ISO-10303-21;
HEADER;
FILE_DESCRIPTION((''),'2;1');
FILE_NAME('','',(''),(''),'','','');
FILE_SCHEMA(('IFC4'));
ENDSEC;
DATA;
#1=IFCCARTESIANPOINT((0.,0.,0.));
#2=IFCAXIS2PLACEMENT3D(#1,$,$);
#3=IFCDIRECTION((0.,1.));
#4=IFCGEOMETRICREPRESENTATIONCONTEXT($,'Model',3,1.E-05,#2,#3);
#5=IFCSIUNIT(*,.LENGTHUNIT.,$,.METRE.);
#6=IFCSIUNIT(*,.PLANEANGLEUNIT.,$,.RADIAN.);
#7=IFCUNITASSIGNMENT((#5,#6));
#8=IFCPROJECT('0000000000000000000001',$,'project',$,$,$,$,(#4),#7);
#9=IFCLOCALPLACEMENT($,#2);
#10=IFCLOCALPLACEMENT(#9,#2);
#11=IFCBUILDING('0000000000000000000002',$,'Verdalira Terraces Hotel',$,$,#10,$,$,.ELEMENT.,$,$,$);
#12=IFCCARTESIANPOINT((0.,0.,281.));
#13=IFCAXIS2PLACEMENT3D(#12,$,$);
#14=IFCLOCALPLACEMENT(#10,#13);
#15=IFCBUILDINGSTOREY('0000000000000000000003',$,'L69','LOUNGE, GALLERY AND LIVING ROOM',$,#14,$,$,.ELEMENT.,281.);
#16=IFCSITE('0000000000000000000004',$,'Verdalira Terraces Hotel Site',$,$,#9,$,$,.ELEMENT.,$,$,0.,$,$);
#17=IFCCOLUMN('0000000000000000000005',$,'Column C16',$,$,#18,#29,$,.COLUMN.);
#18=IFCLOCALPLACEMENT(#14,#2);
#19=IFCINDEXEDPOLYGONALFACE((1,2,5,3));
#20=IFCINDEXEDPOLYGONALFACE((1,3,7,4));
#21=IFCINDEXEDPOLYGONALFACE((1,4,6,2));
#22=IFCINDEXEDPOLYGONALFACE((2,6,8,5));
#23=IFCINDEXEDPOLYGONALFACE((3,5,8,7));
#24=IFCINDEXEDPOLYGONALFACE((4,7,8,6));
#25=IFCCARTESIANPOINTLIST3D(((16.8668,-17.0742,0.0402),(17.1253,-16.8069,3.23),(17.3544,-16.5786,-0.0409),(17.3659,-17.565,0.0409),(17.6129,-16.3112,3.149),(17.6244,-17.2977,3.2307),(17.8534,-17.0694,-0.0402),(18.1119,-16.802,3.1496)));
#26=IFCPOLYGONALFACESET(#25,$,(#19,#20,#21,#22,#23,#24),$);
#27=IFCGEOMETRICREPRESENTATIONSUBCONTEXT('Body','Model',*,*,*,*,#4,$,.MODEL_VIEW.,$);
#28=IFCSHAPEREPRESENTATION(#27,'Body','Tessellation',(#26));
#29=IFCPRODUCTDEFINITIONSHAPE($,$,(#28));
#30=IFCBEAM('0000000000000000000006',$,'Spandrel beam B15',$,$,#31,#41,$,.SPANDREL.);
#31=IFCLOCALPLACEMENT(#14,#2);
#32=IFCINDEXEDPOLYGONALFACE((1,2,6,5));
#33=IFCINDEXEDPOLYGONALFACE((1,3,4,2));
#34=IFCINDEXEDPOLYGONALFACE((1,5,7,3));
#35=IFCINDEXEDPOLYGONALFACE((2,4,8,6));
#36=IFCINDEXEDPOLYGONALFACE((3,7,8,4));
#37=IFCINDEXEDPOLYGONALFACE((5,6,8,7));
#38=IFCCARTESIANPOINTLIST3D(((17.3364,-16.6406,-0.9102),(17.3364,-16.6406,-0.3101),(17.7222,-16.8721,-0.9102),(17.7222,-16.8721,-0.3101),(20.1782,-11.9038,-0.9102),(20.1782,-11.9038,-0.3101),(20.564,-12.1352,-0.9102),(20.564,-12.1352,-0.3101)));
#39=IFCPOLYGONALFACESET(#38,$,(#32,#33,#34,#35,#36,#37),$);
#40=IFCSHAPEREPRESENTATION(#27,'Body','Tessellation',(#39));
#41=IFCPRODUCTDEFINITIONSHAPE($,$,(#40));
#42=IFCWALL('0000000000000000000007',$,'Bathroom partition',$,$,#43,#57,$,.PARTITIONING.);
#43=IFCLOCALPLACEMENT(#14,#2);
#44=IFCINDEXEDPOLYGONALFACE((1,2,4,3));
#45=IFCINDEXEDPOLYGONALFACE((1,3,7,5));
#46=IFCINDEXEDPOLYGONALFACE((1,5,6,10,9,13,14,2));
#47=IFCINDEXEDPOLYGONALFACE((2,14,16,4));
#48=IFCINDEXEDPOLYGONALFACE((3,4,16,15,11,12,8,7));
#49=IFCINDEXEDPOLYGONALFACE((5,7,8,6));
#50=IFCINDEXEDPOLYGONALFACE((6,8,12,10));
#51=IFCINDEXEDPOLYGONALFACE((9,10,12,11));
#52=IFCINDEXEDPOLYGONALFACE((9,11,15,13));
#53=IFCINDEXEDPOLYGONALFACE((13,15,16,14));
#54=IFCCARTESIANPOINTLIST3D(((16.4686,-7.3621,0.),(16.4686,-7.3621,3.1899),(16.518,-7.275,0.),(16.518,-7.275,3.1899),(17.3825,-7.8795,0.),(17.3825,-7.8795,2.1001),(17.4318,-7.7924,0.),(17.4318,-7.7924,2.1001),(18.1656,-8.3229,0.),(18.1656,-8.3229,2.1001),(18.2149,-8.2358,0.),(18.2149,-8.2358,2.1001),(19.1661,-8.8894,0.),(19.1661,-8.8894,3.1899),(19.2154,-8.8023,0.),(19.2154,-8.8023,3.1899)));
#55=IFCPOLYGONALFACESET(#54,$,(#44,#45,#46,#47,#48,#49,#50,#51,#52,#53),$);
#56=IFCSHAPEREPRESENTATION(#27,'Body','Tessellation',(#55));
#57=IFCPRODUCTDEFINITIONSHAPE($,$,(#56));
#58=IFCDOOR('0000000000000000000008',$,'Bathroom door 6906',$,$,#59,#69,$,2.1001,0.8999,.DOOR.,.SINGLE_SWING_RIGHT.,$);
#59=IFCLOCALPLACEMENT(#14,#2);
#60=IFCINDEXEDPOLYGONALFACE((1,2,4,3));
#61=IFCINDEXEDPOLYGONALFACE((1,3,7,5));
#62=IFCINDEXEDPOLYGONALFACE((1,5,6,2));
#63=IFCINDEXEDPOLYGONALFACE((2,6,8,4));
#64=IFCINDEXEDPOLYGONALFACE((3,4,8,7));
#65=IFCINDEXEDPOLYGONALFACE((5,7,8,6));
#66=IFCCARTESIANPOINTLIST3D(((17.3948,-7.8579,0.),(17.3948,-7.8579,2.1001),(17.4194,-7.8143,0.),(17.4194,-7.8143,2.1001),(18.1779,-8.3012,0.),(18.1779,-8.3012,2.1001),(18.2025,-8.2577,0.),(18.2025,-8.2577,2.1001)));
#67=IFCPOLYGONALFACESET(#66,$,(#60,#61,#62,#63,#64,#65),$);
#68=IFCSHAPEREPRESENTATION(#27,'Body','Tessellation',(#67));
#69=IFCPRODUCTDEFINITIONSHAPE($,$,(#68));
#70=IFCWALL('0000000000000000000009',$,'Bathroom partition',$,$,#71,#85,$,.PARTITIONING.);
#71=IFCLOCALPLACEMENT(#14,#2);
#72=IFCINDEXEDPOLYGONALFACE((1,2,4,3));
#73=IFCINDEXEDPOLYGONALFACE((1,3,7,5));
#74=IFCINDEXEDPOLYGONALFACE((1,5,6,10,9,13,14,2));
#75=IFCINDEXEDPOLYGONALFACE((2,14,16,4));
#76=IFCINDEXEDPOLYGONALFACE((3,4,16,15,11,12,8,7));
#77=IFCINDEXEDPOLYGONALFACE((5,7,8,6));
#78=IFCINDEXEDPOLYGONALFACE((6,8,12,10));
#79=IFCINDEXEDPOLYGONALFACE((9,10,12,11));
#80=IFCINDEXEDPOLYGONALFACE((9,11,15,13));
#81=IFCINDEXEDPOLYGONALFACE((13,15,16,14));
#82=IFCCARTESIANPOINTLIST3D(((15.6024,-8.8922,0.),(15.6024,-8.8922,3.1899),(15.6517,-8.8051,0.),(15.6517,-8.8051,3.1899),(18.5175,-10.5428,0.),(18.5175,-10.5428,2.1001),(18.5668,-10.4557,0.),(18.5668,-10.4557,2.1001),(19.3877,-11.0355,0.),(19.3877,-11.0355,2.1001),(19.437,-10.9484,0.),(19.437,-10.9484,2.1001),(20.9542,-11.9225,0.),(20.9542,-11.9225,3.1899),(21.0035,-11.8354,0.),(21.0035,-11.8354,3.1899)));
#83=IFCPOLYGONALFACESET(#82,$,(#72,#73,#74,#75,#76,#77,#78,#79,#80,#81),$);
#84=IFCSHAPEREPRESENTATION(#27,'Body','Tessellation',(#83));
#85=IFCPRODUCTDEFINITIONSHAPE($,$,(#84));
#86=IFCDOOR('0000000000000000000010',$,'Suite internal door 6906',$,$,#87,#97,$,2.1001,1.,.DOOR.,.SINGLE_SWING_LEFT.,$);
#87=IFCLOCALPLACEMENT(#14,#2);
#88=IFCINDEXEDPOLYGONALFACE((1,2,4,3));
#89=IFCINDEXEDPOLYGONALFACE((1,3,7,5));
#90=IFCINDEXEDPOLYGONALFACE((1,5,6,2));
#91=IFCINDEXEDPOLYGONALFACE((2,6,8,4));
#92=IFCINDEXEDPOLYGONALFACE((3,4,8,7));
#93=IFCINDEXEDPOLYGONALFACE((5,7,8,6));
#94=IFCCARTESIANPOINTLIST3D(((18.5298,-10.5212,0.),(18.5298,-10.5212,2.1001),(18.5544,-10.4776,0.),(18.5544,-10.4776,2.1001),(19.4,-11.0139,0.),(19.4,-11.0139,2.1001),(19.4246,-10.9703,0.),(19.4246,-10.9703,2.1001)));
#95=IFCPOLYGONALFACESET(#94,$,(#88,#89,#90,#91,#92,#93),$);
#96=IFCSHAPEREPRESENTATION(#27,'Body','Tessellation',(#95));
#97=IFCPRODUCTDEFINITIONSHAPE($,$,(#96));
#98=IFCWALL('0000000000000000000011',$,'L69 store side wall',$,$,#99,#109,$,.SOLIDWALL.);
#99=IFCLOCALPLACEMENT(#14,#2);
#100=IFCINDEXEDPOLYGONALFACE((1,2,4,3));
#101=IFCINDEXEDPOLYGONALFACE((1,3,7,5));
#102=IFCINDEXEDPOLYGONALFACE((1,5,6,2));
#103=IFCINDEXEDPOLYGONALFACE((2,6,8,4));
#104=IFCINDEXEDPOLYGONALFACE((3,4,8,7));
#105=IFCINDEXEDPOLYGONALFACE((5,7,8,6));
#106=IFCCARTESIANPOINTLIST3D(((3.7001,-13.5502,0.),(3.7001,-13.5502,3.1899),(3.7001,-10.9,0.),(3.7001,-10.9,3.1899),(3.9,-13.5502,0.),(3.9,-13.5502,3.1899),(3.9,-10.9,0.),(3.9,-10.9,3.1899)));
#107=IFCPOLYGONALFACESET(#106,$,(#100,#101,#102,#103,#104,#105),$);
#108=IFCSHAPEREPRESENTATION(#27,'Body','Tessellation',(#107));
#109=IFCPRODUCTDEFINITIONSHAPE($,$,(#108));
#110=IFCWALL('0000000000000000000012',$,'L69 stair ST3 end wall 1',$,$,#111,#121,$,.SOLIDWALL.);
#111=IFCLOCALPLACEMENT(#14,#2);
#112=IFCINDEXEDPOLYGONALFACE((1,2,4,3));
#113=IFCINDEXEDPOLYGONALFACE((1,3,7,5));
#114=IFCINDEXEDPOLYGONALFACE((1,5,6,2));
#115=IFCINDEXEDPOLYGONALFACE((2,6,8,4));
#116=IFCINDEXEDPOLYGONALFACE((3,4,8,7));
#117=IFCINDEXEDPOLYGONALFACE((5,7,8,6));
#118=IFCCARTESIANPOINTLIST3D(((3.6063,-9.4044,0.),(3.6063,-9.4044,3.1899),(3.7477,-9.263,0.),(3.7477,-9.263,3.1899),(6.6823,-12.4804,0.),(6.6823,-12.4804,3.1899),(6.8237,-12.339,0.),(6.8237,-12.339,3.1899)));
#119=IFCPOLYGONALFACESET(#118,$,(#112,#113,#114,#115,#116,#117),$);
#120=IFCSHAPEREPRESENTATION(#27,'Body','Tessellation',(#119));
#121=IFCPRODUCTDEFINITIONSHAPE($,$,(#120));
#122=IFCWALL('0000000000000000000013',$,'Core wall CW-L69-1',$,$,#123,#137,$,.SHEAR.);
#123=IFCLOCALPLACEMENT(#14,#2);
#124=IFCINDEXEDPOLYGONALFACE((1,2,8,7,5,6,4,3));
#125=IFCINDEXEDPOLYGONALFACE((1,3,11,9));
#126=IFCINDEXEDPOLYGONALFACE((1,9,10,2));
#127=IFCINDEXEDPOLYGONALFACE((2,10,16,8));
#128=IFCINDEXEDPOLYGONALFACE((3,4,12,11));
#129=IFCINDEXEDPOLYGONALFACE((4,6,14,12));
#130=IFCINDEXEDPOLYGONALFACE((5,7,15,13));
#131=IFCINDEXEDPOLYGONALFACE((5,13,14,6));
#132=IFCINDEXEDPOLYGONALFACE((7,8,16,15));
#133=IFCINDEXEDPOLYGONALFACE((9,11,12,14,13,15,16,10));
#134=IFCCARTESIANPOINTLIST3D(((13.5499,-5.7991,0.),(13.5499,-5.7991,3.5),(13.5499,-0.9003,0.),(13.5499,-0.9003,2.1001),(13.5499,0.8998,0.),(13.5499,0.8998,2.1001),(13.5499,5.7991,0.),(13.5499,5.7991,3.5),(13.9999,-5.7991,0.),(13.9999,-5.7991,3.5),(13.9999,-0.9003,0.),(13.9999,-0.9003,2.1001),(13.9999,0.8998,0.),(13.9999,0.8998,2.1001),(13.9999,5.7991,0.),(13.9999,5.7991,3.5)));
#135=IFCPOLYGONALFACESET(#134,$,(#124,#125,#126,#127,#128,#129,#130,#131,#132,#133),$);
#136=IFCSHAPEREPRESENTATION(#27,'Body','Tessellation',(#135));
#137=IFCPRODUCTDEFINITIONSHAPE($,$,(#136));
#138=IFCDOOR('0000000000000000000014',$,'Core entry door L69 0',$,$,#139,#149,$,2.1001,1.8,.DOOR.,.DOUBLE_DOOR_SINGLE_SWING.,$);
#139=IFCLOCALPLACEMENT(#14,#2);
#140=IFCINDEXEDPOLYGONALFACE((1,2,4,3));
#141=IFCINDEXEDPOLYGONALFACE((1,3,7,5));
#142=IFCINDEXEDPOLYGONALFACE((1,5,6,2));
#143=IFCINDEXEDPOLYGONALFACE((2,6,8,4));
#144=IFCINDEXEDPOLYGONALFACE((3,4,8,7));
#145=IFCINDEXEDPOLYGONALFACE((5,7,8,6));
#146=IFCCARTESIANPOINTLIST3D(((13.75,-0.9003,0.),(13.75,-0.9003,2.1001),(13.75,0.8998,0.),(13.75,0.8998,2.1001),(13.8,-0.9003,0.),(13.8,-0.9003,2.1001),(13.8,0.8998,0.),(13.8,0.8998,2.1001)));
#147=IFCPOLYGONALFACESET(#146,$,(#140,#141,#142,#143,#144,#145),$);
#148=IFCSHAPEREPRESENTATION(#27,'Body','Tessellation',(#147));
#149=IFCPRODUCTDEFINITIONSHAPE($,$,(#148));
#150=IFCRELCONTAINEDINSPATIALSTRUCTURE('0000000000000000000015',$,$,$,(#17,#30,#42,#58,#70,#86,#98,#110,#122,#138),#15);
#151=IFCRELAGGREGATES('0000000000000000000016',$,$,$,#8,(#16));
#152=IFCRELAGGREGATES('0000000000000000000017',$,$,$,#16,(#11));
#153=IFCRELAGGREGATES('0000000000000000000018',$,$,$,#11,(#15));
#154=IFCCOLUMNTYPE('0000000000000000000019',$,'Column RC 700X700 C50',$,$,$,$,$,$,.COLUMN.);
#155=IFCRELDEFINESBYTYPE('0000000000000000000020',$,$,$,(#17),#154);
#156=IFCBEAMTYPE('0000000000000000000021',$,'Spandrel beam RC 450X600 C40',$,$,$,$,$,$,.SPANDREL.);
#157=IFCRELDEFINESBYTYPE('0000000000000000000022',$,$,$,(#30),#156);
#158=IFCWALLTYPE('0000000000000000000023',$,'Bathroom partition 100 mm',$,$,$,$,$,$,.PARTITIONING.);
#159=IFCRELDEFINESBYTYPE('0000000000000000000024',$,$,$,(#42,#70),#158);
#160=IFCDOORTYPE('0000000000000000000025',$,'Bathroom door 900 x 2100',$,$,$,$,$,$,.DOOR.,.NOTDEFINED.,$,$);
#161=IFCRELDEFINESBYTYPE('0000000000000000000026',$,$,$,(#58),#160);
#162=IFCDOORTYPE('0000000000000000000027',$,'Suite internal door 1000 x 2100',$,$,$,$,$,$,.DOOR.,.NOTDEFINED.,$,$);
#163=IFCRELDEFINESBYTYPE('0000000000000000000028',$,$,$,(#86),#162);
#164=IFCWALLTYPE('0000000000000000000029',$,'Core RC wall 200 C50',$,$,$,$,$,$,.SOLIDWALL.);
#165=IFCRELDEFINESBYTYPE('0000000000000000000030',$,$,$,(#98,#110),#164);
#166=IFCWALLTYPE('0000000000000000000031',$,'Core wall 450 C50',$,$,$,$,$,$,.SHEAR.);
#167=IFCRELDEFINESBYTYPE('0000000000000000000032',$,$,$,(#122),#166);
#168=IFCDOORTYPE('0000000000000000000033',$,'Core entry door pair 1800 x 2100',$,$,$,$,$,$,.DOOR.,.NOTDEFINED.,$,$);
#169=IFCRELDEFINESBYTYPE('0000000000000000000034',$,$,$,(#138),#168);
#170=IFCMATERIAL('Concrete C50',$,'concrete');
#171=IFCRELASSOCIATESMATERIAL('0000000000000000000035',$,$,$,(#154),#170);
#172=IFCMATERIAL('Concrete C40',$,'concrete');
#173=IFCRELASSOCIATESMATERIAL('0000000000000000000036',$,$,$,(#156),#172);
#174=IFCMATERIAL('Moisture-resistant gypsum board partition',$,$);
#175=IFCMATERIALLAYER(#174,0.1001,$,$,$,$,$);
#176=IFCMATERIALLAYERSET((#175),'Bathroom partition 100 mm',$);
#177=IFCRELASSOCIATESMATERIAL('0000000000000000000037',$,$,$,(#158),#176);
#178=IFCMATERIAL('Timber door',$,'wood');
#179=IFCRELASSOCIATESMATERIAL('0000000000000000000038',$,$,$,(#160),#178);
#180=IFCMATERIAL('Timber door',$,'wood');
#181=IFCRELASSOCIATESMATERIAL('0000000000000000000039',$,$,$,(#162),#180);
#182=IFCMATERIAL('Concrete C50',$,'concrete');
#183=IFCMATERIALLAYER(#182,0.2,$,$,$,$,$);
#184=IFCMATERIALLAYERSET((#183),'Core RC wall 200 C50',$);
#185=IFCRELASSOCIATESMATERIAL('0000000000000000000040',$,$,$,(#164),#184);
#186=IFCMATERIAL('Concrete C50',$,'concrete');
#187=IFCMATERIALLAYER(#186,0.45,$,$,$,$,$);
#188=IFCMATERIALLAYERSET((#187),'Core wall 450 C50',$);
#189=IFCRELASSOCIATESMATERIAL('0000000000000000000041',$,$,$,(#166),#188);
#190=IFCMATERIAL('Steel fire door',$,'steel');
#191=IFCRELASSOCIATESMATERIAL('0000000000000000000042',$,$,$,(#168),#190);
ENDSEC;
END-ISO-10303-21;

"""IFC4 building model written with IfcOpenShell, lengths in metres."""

from ifc_helpers import new_model, si_unit, direction, frame, frame_2d, origin, origin_2d, place, context, subcontext, project, spatial, rectangle, extrude, material, layer, layer_set, material_profile, profile_set, type_object, element, fill, save


model = new_model("IFC4")

# Units and contexts
model_context = context("Model", 3, precision=1e-05, world=origin(), true_north=direction((0.0, 1.0)))
body_context = subcontext(model_context, "Body", "Model", "MODEL_VIEW")
ifc_project = project(units=[si_unit("LENGTHUNIT", "METRE"), si_unit("PLANEANGLEUNIT", "RADIAN")], contexts=[model_context])

# Site, building, storey
site_placement = place(None, origin())
site = spatial("IfcSite", under=ifc_project, at=site_placement, Name="Verdalira Terraces Hotel Site", CompositionType="ELEMENT", RefElevation=0.0)
building_placement = place(site_placement, origin())
building = spatial("IfcBuilding", under=site, at=building_placement, Name="Verdalira Terraces Hotel", CompositionType="ELEMENT")
storey_placement = place(building_placement, frame((0.0, 0.0, 281.0)))
storey = spatial("IfcBuildingStorey", under=building, at=storey_placement, Name="L69", Description="LOUNGE, GALLERY AND LIVING ROOM", CompositionType="ELEMENT", Elevation=281.0)

# Column
ifc_material_1 = material(Name="Concrete C50", Category="concrete")
ifc_material_profile_1 = material_profile(ifc_material_1, rectangle(XDim=0.7, YDim=0.7, at=origin_2d()), Name="RC 700X700")
ifc_profile_set_1 = profile_set([ifc_material_profile_1], Name="Concrete C50")
column_type = type_object("IfcColumnType", Name="Column RC 700X700 C50", PredefinedType="COLUMN", material=ifc_profile_set_1)
column_placement = place(storey_placement, frame((17.3601, -17.0718, 0.0), z_axis=(0.080505, 0.083241, 0.993272), x_axis=(-0.696552, -0.7081, 0.115798)))
element("IfcColumn", 1, at=column_placement, inside=storey, type_object=column_type, Name="Column C16", PredefinedType="COLUMN", context=body_context, shape_type="SweptSolid", body=[
    extrude(rectangle(XDim=0.7, YDim=0.7, at=origin_2d()), origin(), (0.0, 0.0, 1.0), 3.2114),
])

# Beam
ifc_material_2 = material(Name="Concrete C40", Category="concrete")
ifc_material_profile_2 = material_profile(ifc_material_2, rectangle(XDim=0.45, YDim=0.6001, at=origin_2d()), Name="RC 450X600")
ifc_profile_set_2 = profile_set([ifc_material_profile_2], Name="Concrete C40")
beam_type = type_object("IfcBeamType", Name="Spandrel beam RC 450X600 C40", PredefinedType="SPANDREL", material=ifc_profile_set_2)
beam_placement = place(storey_placement, frame((17.5293, -16.7563, -0.6101), z_axis=(0.514457, 0.857516, 0.0), x_axis=(-0.857516, 0.514457, 0.0)))
element("IfcBeam", 2, at=beam_placement, inside=storey, type_object=beam_type, Name="Spandrel beam B15", PredefinedType="SPANDREL", context=body_context, shape_type="SweptSolid", body=[
    extrude(rectangle(XDim=0.45, YDim=0.6001, at=origin_2d()), origin(), (0.0, 0.0, 1.0), 5.5239),
])

# Walls, openings, doors
ifc_material_3 = material(Name="Moisture-resistant gypsum board partition")
ifc_layer_1 = layer(ifc_material_3, 0.1001)
ifc_layer_set_1 = layer_set([ifc_layer_1], Name="Bathroom partition 100 mm")
wall_type_1 = type_object("IfcWallType", Name="Bathroom partition 100 mm", PredefinedType="PARTITIONING", material=ifc_layer_set_1)
wall_1_placement = place(storey_placement, frame((16.4934, -7.3186, 0.0), z_axis=(0.0, 0.0, 1.0), x_axis=(0.870194, -0.492709, 0.0)))
wall_1 = element("IfcWall", 3, at=wall_1_placement, inside=storey, type_object=wall_type_1, Name="Bathroom partition", PredefinedType="PARTITIONING", context=body_context, shape_type="SweptSolid", body=[
    extrude(rectangle(XDim=3.0999, YDim=0.1001, at=frame_2d((1.5498, 0.0))), origin(), (0.0, 0.0, 1.0), 3.1899),
])
opening_1_placement = place(wall_1_placement, frame((1.05, 0.0, 0.0)))
opening_1 = element("IfcOpeningElement", 4, at=opening_1_placement, cuts=wall_1, PredefinedType="OPENING", context=body_context, shape_type="SweptSolid", body=[
    extrude(rectangle(XDim=0.8999, YDim=2.1001, at=frame_2d((0.45, 1.05))), frame((0.0, 0.0601, 0.0), z_axis=(0.0, -1.0, 0.0), x_axis=(1.0, 0.0, 0.0)), (0.0, 0.0, 1.0), 0.1201),
])
ifc_material_4 = material(Name="Timber door", Category="wood")
door_type_1 = type_object("IfcDoorType", Name="Bathroom door 900 x 2100", OperationType="NOTDEFINED", PredefinedType="DOOR", material=ifc_material_4)
door_1_placement = place(opening_1_placement, origin())
door_1 = element("IfcDoor", 5, at=door_1_placement, inside=storey, type_object=door_type_1, Name="Bathroom door 6906", OperationType="SINGLE_SWING_RIGHT", OverallHeight=2.1001, OverallWidth=0.8999, PredefinedType="DOOR", context=body_context, shape_type="SweptSolid", body=[
    extrude(rectangle(XDim=0.8999, YDim=2.1001, at=frame_2d((0.45, 1.05))), frame((0.0, 0.0249, 0.0), z_axis=(0.0, -1.0, 0.0), x_axis=(1.0, 0.0, 0.0)), (0.0, 0.0, 1.0), 0.05),
])
fill(opening_1, door_1)
wall_2_placement = place(storey_placement, frame((15.627, -8.8486, 0.0), z_axis=(0.0, 0.0, 1.0), x_axis=(0.870191, -0.492715, 0.0)))
wall_2 = element("IfcWall", 6, at=wall_2_placement, inside=storey, type_object=wall_type_1, Name="Bathroom partition", PredefinedType="PARTITIONING", context=body_context, shape_type="SweptSolid", body=[
    extrude(rectangle(XDim=6.1501, YDim=0.1001, at=frame_2d((3.0752, 0.0))), origin(), (0.0, 0.0, 1.0), 3.1899),
])
opening_2_placement = place(wall_2_placement, frame((3.3501, 0.0, 0.0)))
opening_2 = element("IfcOpeningElement", 7, at=opening_2_placement, cuts=wall_2, PredefinedType="OPENING", context=body_context, shape_type="SweptSolid", body=[
    extrude(rectangle(XDim=1.0, YDim=2.1001, at=frame_2d((0.5, 1.05))), frame((0.0, 0.0601, 0.0), z_axis=(0.0, -1.0, 0.0), x_axis=(1.0, 0.0, 0.0)), (0.0, 0.0, 1.0), 0.1201),
])
ifc_material_5 = material(Name="Timber door", Category="wood")
door_type_2 = type_object("IfcDoorType", Name="Suite internal door 1000 x 2100", OperationType="NOTDEFINED", PredefinedType="DOOR", material=ifc_material_5)
door_2_placement = place(opening_2_placement, origin())
door_2 = element("IfcDoor", 8, at=door_2_placement, inside=storey, type_object=door_type_2, Name="Suite internal door 6906", OperationType="SINGLE_SWING_LEFT", OverallHeight=2.1001, OverallWidth=1.0, PredefinedType="DOOR", context=body_context, shape_type="SweptSolid", body=[
    extrude(rectangle(XDim=1.0, YDim=2.1001, at=frame_2d((0.5, 1.05))), frame((0.0, 0.0249, 0.0), z_axis=(0.0, -1.0, 0.0), x_axis=(1.0, 0.0, 0.0)), (0.0, 0.0, 1.0), 0.05),
])
fill(opening_2, door_2)

# Walls
ifc_material_6 = material(Name="Concrete C50", Category="concrete")
ifc_layer_2 = layer(ifc_material_6, 0.2)
ifc_layer_set_2 = layer_set([ifc_layer_2], Name="Core RC wall 200 C50")
wall_type_2 = type_object("IfcWallType", Name="Core RC wall 200 C50", PredefinedType="SOLIDWALL", material=ifc_layer_set_2)
wall_3_placement = place(storey_placement, frame((3.8, -10.8999, 0.0), z_axis=(0.0, 0.0, 1.0), x_axis=(0.0, -1.0, 0.0)))
element("IfcWall", 9, at=wall_3_placement, inside=storey, type_object=wall_type_2, Name="L69 store side wall", PredefinedType="SOLIDWALL", context=body_context, shape_type="SweptSolid", body=[
    extrude(rectangle(XDim=2.6501, YDim=0.2, at=frame_2d((1.3252, 0.0))), origin(), (0.0, 0.0, 1.0), 3.1899),
])
wall_4_placement = place(storey_placement, frame((3.677, -9.3337, 0.0), z_axis=(0.0, 0.0, 1.0), x_axis=(0.707107, -0.707107, 0.0)))
element("IfcWall", 10, at=wall_4_placement, inside=storey, type_object=wall_type_2, Name="L69 stair ST3 end wall 1", PredefinedType="SOLIDWALL", context=body_context, shape_type="SweptSolid", body=[
    extrude(rectangle(XDim=4.3501, YDim=0.2, at=frame_2d((2.175, 0.0))), origin(), (0.0, 0.0, 1.0), 3.1899),
])

# Wall, opening, door
ifc_material_7 = material(Name="Concrete C50", Category="concrete")
ifc_layer_3 = layer(ifc_material_7, 0.45)
ifc_layer_set_3 = layer_set([ifc_layer_3], Name="Core wall 450 C50")
wall_type_3 = type_object("IfcWallType", Name="Core wall 450 C50", PredefinedType="SHEAR", material=ifc_layer_set_3)
wall_5_placement = place(storey_placement, frame((13.7749, -5.7991, 0.0), z_axis=(0.0, 0.0, 1.0), x_axis=(0.0, 1.0, 0.0)))
wall_5 = element("IfcWall", 11, at=wall_5_placement, inside=storey, type_object=wall_type_3, Name="Core wall CW-L69-1", PredefinedType="SHEAR", context=body_context, shape_type="SweptSolid", body=[
    extrude(rectangle(XDim=11.5981, YDim=0.45, at=frame_2d((5.7991, 0.0))), origin(), (0.0, 0.0, 1.0), 3.5),
])
opening_3_placement = place(wall_5_placement, frame((4.8989, 0.0, 0.0)))
opening_3 = element("IfcOpeningElement", 12, at=opening_3_placement, cuts=wall_5, PredefinedType="OPENING", context=body_context, shape_type="SweptSolid", body=[
    extrude(rectangle(XDim=1.8, YDim=2.1001, at=frame_2d((0.8999, 1.05))), frame((0.0, 0.2349, 0.0), z_axis=(0.0, -1.0, 0.0), x_axis=(1.0, 0.0, 0.0)), (0.0, 0.0, 1.0), 0.47),
])
ifc_material_8 = material(Name="Steel fire door", Category="steel")
door_type_3 = type_object("IfcDoorType", Name="Core entry door pair 1800 x 2100", OperationType="NOTDEFINED", PredefinedType="DOOR", material=ifc_material_8)
door_3_placement = place(opening_3_placement, origin())
door_3 = element("IfcDoor", 13, at=door_3_placement, inside=storey, type_object=door_type_3, Name="Core entry door L69 0", OperationType="DOUBLE_DOOR_SINGLE_SWING", OverallHeight=2.1001, OverallWidth=1.8, PredefinedType="DOOR", context=body_context, shape_type="SweptSolid", body=[
    extrude(rectangle(XDim=1.8, YDim=2.1001, at=frame_2d((0.8999, 1.05))), frame((0.0, 0.0249, 0.0), z_axis=(0.0, -1.0, 0.0), x_axis=(1.0, 0.0, 0.0)), (0.0, 0.0, 1.0), 0.05),
])
fill(opening_3, door_3)

save(model, "model.ifc")
